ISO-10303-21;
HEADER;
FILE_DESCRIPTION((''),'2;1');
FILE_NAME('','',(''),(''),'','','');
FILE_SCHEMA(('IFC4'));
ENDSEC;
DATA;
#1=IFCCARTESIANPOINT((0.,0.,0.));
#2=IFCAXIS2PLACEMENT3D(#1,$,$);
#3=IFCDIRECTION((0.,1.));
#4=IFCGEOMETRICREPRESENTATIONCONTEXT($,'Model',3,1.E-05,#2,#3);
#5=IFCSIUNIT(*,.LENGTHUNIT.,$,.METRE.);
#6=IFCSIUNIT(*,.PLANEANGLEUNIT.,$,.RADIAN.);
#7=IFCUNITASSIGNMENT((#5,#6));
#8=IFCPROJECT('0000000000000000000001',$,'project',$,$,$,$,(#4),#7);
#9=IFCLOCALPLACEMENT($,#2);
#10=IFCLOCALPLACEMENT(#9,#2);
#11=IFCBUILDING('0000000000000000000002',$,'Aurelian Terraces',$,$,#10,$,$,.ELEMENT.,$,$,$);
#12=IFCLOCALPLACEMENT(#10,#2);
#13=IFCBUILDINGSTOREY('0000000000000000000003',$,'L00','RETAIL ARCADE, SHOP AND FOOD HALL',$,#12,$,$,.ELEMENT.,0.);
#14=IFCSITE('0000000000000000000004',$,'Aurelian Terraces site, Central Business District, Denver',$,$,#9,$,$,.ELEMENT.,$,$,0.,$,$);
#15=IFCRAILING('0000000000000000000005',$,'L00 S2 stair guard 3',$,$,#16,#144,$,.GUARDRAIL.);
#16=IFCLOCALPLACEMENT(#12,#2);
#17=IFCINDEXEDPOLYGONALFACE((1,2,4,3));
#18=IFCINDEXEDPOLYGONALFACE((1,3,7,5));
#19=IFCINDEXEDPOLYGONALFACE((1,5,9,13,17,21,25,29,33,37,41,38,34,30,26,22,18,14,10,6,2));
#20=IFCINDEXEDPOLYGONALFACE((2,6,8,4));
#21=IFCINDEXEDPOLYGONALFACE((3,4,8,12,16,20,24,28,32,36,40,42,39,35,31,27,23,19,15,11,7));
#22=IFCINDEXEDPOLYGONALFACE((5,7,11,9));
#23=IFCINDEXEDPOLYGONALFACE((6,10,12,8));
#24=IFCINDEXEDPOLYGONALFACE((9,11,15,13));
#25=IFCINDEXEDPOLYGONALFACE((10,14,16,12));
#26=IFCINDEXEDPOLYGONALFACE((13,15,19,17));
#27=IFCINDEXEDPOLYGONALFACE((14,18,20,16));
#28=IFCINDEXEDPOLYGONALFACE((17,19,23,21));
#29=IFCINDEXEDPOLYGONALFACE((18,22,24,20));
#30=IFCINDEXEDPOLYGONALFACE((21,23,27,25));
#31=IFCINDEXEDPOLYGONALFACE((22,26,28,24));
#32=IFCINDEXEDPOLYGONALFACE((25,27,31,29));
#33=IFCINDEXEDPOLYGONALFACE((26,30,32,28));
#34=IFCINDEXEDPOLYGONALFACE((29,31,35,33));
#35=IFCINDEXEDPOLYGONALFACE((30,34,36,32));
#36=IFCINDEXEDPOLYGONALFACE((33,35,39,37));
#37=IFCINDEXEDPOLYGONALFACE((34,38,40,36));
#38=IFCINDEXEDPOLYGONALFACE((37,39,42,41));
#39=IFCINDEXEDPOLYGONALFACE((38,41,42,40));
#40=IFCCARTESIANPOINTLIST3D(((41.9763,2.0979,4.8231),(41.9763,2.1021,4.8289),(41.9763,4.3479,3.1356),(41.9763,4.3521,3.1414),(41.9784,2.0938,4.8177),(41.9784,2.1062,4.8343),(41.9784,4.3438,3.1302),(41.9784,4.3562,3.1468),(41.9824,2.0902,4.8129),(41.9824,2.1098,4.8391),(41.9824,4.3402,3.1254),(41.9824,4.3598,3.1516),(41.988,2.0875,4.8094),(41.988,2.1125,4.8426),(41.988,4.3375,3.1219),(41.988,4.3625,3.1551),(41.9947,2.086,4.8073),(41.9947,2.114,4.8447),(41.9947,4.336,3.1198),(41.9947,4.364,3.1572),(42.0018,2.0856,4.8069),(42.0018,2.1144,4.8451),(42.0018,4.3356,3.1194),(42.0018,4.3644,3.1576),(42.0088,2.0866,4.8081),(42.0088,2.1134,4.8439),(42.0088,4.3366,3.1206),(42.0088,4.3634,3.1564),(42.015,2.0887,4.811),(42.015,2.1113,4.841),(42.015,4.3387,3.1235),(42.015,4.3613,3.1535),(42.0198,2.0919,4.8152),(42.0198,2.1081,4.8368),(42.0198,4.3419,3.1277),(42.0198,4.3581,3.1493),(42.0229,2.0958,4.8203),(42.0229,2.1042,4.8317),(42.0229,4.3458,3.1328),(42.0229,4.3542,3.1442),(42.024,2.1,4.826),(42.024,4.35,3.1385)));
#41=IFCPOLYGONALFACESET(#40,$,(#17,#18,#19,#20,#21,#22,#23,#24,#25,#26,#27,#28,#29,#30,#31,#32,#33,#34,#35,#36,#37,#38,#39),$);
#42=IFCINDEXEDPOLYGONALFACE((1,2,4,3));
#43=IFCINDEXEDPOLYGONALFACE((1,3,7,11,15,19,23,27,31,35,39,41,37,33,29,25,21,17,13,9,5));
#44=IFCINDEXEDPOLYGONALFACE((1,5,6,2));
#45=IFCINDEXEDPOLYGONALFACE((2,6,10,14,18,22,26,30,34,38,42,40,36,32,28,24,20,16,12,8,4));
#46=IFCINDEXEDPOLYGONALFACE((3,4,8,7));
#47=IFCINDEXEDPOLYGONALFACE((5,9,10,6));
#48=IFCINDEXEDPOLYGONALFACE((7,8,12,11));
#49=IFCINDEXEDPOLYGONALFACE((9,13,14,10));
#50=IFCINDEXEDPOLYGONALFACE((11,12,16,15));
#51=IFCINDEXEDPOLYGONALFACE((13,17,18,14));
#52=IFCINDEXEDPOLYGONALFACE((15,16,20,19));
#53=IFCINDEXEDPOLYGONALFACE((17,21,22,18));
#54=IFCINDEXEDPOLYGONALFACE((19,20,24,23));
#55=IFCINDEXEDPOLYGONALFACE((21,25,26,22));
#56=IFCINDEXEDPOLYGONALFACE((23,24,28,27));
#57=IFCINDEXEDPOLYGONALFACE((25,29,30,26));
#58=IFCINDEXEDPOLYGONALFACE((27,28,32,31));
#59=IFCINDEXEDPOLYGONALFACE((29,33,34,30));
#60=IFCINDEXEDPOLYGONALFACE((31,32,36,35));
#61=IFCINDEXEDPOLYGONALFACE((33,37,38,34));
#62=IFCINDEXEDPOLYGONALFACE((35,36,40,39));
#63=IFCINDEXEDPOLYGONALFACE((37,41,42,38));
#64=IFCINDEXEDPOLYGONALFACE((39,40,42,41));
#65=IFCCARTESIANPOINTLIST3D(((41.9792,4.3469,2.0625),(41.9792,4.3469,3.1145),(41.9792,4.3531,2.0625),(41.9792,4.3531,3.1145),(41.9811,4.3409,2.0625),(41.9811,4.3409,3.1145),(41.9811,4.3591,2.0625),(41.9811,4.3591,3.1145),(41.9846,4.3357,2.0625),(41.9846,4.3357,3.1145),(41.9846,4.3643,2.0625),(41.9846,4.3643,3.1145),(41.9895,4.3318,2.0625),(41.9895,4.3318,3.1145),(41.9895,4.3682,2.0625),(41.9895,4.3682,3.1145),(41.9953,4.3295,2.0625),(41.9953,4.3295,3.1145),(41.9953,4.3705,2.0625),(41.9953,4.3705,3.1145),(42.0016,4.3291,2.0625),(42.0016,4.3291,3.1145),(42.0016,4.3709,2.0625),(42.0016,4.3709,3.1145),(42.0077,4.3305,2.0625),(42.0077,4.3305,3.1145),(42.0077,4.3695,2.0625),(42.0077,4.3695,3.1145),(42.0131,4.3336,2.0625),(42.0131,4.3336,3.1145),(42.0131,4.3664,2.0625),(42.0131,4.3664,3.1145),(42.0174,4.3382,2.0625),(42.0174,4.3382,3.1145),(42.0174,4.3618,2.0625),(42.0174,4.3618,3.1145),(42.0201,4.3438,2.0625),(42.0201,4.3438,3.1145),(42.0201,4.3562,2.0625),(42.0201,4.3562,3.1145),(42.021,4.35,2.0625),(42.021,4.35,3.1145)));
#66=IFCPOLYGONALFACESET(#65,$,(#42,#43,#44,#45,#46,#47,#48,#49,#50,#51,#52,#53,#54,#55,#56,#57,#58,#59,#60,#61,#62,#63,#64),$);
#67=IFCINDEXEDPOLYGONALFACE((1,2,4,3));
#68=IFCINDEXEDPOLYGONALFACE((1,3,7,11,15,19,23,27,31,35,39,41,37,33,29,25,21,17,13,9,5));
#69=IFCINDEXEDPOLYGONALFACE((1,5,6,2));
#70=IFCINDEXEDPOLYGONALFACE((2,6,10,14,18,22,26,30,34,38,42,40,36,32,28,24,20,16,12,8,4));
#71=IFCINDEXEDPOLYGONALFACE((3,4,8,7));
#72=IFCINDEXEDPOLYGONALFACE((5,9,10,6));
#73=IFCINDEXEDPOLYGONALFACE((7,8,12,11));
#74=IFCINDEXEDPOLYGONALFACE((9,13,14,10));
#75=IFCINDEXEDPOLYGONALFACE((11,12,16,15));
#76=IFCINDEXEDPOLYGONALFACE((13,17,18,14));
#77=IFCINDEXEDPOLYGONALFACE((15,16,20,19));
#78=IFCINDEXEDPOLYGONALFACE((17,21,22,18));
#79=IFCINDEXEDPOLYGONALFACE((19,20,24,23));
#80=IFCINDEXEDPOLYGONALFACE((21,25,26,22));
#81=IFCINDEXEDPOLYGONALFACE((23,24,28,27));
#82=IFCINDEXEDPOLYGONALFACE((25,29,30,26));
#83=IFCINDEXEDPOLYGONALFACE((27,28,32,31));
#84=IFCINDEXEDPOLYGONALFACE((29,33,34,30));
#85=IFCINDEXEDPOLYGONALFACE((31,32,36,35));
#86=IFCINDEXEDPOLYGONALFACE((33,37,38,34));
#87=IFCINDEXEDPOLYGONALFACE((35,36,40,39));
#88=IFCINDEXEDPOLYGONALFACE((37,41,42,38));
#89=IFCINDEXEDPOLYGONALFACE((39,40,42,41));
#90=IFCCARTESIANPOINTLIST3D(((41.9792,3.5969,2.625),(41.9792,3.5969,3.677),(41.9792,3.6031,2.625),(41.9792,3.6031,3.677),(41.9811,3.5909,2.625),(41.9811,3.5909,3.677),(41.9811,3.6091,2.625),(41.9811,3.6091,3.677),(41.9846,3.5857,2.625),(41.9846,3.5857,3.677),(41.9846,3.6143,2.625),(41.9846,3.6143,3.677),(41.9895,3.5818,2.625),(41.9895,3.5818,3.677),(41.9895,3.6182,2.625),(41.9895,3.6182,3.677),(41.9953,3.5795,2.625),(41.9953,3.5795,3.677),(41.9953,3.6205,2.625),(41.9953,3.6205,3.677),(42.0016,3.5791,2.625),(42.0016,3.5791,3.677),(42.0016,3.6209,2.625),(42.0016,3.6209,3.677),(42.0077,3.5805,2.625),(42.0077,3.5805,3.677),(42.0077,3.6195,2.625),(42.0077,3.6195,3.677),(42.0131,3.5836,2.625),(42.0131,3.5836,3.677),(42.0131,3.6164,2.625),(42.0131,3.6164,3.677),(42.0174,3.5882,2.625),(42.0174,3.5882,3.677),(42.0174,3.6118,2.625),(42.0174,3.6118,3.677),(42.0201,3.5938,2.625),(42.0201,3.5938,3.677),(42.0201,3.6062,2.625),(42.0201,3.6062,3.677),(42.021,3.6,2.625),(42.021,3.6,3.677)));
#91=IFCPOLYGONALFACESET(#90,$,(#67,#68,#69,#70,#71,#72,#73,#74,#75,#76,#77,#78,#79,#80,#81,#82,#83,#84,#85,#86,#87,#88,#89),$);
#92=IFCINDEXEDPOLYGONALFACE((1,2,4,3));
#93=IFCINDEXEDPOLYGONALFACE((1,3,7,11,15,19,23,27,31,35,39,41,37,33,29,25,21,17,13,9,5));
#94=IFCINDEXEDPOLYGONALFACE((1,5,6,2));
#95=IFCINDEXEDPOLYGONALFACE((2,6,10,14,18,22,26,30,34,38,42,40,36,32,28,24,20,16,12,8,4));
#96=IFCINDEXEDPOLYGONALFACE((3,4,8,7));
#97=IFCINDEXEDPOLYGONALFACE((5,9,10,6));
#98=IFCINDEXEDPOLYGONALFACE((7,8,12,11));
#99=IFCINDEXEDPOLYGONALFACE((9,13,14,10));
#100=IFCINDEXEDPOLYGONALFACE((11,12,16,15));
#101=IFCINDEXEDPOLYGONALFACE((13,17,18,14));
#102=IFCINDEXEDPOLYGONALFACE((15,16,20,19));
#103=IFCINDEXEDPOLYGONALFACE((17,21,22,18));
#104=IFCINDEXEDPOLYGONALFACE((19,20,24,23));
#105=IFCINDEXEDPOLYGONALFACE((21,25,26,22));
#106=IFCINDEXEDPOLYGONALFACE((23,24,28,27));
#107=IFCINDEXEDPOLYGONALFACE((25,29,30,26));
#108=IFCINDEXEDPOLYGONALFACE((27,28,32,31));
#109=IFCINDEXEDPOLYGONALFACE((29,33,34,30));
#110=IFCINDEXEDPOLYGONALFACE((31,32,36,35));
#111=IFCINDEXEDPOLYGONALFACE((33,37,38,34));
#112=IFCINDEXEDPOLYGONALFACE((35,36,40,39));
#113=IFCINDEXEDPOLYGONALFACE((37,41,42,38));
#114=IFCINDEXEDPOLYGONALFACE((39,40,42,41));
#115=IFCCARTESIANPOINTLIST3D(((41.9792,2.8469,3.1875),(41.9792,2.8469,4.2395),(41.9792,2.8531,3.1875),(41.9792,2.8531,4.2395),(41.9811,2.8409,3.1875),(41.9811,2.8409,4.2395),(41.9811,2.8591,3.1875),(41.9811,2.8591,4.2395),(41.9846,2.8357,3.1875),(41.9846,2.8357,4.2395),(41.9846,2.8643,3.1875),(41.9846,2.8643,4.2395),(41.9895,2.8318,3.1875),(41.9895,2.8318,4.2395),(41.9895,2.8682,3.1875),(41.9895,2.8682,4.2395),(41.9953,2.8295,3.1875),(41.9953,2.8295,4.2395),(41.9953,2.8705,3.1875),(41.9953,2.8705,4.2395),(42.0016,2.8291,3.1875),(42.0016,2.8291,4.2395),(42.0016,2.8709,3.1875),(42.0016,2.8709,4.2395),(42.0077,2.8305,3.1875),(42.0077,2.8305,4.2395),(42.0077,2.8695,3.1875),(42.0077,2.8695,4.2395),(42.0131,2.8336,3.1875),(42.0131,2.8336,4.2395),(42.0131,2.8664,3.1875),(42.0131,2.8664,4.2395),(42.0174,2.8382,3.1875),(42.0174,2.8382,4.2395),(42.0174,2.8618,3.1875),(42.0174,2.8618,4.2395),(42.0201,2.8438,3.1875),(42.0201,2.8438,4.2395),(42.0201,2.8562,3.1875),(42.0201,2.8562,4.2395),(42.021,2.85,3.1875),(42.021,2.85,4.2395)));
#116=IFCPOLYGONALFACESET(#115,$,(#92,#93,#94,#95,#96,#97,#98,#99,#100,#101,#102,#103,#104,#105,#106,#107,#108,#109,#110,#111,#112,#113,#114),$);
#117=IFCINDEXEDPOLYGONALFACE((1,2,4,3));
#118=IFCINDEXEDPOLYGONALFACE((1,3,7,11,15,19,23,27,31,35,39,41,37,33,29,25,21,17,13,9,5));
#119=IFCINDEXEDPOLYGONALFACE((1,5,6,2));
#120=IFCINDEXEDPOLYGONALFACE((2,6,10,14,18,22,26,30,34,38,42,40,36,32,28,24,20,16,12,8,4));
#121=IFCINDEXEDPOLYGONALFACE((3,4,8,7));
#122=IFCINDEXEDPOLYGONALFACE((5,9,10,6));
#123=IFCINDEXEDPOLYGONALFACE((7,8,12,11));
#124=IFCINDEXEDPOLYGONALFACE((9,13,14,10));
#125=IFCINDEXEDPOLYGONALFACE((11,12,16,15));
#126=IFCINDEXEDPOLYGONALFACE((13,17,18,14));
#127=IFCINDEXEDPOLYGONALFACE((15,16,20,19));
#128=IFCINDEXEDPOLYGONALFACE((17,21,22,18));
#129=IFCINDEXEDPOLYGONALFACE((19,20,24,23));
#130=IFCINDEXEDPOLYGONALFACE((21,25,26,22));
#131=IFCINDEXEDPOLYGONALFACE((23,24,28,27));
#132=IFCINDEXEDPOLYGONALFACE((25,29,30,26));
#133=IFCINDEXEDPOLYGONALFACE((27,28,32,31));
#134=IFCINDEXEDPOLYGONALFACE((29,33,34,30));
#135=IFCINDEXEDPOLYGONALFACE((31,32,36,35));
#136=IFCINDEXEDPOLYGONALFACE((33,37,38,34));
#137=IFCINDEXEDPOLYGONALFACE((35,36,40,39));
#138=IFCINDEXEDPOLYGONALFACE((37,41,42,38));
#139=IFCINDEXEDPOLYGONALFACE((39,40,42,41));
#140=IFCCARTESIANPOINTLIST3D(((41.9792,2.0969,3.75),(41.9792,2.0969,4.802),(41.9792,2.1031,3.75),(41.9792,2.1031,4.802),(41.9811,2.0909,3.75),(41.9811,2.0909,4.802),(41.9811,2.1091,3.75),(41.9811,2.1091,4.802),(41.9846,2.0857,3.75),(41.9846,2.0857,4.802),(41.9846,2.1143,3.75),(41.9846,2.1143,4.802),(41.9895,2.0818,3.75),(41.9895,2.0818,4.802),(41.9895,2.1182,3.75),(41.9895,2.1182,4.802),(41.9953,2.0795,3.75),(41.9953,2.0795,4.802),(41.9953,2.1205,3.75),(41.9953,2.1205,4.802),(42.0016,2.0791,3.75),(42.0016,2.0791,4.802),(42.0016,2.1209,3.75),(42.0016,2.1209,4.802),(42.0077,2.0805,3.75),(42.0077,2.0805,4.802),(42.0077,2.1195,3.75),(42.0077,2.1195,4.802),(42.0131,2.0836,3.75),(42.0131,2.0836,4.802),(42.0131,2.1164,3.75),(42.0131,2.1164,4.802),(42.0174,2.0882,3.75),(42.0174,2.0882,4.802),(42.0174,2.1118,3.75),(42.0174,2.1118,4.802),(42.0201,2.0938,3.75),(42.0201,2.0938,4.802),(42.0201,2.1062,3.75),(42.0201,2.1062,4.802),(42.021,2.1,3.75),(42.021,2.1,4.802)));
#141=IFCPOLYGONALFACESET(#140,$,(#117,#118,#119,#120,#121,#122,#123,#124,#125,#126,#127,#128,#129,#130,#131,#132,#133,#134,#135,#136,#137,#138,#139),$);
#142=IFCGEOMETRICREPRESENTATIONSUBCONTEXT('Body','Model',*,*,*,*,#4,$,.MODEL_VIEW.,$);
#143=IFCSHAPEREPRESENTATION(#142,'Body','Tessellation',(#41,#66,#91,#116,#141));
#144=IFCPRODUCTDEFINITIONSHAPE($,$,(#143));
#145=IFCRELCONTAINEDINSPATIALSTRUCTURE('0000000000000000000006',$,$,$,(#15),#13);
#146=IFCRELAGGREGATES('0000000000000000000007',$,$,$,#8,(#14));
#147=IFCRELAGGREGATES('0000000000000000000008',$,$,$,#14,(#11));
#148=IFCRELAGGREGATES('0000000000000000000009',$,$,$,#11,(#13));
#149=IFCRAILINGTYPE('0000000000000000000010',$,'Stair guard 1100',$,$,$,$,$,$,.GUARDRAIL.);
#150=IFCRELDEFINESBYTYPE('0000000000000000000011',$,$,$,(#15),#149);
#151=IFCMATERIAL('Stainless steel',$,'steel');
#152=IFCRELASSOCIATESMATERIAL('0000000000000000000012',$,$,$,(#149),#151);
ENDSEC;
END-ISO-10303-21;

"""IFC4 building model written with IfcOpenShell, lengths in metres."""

from ifc_helpers import new_model, si_unit, direction, frame, origin, origin_2d, place, context, subcontext, project, spatial, circle, extrude, source, transform, mapped, material, type_object, element, save


model = new_model("IFC4")

# Units and contexts
model_context = context("Model", 3, precision=1e-05, world=origin(), true_north=direction((0.0, 1.0)))
body_context = subcontext(model_context, "Body", "Model", "MODEL_VIEW")
ifc_project = project(units=[si_unit("LENGTHUNIT", "METRE"), si_unit("PLANEANGLEUNIT", "RADIAN")], contexts=[model_context])

# Site, building, storey
site_placement = place(None, origin())
site = spatial("IfcSite", under=ifc_project, at=site_placement, Name="Aurelian Terraces site, Central Business District, Denver", CompositionType="ELEMENT", RefElevation=0.0)
building_placement = place(site_placement, origin())
building = spatial("IfcBuilding", under=site, at=building_placement, Name="Aurelian Terraces", CompositionType="ELEMENT")
storey_placement = place(building_placement, origin())
storey = spatial("IfcBuildingStorey", under=building, at=storey_placement, Name="L00", Description="RETAIL ARCADE, SHOP AND FOOD HALL", CompositionType="ELEMENT", Elevation=0.0)

# Railing
ifc_material_1 = material(Name="Stainless steel", Category="steel")
railing_type_1 = type_object("IfcRailingType", Name="Stair guard 1100", PredefinedType="GUARDRAIL", material=ifc_material_1)
shared_shape_1 = source(origin(), body_context, "Body", "SweptSolid", [
    extrude(circle(Radius=0.024, at=origin_2d()), frame((0.0, 0.0, 1.076), z_axis=(0.0, -0.8, 0.6), x_axis=(1.0, 0.0, 0.0)), (0.0, 0.0, 1.0), 2.8125),
    extrude(circle(Radius=0.021, at=origin_2d()), origin(), (0.0, 0.0, 1.0), 1.052),
    extrude(circle(Radius=0.021, at=origin_2d()), frame((0.0, -0.75, 0.5625)), (0.0, 0.0, 1.0), 1.052),
    extrude(circle(Radius=0.021, at=origin_2d()), frame((0.0, -1.5, 1.125)), (0.0, 0.0, 1.0), 1.052),
    extrude(circle(Radius=0.021, at=origin_2d()), frame((0.0, -2.25, 1.6875)), (0.0, 0.0, 1.0), 1.052),
])
for number, where, name in (
    (1, (42.0, 4.35, 2.0625), "L00 S2 stair guard 3"),
):
    element("IfcRailing", number, at=place(storey_placement, frame(where)), inside=storey, type_object=railing_type_1, Name=name, PredefinedType="GUARDRAIL", context=body_context, shape_type="MappedRepresentation", body=[
        mapped(shared_shape_1, transform((0.0, 0.0, 0.0), scale=1.0)),
    ])

save(model, "model.ifc")
